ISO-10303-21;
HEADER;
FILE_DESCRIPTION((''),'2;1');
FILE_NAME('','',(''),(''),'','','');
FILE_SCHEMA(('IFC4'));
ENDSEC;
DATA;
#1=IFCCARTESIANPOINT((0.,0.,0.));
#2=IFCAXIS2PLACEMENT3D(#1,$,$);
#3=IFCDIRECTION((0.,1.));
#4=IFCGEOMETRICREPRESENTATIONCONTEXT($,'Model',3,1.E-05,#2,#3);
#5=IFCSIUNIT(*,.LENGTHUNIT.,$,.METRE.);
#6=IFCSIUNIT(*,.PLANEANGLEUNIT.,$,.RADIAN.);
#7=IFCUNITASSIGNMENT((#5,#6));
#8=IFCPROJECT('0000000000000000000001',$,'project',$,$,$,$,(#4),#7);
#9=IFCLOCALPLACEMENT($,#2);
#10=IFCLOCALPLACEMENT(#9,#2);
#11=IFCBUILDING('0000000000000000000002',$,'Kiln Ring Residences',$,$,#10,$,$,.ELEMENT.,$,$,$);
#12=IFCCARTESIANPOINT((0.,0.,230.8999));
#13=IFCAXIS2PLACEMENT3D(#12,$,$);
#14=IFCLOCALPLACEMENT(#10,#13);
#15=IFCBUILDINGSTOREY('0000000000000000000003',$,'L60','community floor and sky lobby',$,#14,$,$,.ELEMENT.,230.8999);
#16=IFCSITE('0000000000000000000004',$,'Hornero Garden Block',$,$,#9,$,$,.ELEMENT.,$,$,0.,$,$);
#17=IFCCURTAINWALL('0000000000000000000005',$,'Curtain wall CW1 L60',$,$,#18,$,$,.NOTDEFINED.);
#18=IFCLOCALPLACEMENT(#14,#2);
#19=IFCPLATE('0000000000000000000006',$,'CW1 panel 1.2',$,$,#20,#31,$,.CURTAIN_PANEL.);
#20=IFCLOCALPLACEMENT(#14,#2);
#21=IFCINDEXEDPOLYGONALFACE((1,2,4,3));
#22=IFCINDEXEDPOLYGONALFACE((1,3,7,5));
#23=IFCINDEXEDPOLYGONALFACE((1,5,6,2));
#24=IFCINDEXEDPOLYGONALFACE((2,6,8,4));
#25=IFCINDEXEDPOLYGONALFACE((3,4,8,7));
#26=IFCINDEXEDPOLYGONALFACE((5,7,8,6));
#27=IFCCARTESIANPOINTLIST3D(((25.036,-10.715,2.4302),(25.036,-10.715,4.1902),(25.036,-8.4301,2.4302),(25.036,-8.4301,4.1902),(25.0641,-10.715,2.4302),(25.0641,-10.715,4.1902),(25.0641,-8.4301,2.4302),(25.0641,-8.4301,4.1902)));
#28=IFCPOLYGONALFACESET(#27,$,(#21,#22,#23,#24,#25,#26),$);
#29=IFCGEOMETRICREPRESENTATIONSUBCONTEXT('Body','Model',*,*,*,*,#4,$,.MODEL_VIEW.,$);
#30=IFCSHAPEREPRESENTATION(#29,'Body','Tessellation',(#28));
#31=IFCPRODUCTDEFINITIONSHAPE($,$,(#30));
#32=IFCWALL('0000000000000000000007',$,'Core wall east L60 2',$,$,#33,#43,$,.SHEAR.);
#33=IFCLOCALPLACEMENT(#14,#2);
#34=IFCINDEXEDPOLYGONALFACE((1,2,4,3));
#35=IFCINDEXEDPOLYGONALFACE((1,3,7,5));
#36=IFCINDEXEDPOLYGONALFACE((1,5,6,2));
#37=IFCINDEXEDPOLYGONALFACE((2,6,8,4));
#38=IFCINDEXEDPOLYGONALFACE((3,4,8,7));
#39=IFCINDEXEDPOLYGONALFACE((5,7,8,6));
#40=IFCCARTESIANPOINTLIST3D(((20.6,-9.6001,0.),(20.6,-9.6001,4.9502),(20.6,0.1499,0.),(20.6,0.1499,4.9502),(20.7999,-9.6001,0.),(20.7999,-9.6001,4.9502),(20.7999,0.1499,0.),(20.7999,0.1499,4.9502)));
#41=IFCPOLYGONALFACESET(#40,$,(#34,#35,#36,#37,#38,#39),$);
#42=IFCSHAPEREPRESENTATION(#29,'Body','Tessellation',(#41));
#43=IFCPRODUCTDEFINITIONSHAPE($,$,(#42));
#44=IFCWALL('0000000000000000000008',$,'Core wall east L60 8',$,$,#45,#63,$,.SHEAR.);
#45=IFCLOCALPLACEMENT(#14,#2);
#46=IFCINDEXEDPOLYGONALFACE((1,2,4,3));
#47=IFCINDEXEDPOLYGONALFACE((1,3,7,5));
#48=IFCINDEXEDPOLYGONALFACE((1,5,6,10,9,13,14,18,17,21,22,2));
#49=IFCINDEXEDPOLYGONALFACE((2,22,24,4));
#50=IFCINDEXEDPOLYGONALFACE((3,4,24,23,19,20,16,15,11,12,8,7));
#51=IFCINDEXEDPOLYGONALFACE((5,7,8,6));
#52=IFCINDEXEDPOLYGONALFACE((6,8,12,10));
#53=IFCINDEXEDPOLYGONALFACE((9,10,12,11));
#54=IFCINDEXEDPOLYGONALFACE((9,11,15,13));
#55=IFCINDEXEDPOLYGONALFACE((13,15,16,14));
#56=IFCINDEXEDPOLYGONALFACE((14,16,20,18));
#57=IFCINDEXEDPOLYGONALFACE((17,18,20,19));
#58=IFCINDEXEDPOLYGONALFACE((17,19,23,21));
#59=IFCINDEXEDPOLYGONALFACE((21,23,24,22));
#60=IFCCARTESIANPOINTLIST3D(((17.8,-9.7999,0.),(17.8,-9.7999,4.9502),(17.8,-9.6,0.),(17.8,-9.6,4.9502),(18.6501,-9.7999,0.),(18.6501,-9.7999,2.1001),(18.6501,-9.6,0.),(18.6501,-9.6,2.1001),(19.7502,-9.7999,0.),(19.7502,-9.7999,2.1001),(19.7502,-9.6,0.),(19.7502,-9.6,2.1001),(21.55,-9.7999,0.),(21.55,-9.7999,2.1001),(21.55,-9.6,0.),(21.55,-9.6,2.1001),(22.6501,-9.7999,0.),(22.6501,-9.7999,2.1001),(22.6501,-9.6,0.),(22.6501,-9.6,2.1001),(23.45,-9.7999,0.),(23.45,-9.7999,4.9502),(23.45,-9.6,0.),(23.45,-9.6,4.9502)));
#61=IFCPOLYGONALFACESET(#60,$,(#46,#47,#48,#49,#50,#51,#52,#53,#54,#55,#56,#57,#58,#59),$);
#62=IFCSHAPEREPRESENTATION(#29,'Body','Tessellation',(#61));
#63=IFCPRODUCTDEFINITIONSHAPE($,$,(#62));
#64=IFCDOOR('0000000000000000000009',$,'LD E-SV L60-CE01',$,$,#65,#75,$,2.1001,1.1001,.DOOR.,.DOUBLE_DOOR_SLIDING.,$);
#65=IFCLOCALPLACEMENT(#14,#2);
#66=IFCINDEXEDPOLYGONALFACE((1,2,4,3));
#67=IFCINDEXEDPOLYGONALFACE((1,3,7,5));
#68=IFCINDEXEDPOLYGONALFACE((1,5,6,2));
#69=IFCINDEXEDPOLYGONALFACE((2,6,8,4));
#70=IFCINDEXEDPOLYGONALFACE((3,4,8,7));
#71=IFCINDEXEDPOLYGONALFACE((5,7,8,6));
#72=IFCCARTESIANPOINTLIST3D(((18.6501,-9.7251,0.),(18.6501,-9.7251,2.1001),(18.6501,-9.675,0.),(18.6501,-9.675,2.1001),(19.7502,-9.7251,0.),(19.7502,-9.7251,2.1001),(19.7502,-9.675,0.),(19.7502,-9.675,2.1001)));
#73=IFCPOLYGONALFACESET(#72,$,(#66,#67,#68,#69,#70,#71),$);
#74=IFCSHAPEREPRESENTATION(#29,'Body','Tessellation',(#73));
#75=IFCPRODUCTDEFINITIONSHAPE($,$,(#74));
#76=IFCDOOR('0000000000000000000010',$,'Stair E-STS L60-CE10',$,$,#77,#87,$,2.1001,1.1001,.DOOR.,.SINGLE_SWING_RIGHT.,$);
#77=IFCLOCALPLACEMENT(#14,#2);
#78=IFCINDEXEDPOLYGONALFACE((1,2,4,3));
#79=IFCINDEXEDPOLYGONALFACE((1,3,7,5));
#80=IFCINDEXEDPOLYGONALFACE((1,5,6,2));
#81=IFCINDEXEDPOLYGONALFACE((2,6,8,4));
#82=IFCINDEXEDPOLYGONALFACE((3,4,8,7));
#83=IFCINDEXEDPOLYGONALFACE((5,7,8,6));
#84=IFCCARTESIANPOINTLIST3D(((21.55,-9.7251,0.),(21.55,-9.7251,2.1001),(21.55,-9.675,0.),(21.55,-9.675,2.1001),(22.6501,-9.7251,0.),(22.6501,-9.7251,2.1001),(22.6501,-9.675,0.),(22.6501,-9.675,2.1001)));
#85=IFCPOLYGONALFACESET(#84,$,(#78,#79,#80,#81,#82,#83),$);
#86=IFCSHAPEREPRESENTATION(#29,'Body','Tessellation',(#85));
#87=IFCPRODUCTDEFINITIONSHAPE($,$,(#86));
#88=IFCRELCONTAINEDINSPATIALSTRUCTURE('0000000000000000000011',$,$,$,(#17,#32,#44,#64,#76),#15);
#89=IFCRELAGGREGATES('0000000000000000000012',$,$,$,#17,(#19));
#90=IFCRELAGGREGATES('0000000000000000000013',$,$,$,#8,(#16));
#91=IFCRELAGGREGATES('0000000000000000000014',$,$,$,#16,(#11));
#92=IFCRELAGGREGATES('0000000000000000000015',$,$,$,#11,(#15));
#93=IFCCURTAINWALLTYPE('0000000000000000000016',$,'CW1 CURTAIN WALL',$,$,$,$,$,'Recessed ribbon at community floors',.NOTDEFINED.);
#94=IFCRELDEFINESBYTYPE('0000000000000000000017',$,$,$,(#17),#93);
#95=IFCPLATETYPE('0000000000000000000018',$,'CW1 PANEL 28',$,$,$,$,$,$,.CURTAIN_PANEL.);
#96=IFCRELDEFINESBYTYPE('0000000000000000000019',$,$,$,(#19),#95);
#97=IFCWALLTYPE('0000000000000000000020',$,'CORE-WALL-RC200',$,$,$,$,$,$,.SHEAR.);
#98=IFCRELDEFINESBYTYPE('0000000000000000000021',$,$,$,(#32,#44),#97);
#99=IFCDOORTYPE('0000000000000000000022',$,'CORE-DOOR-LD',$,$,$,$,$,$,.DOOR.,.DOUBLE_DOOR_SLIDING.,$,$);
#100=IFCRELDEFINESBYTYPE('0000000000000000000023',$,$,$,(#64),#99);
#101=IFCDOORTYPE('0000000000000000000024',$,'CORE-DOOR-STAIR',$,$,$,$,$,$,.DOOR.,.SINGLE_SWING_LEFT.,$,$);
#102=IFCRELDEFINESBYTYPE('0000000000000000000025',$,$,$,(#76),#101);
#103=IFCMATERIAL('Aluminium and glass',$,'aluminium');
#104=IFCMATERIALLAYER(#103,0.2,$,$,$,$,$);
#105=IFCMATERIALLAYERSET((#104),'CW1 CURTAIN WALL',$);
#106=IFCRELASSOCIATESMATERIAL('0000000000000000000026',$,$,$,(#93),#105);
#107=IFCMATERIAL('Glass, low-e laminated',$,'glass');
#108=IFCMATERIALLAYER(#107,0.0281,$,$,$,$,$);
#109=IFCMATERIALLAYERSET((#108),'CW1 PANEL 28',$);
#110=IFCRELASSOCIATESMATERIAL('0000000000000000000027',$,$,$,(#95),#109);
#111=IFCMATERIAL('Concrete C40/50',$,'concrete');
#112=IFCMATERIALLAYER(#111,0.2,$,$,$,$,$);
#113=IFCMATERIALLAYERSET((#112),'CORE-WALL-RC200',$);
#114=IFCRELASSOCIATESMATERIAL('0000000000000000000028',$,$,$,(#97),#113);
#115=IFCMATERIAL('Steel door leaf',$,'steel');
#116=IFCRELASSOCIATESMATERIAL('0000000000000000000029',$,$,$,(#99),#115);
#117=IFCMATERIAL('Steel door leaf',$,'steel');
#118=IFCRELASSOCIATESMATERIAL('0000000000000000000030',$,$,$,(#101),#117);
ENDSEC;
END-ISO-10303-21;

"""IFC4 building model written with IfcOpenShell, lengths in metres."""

from ifc_helpers import new_model, si_unit, direction, frame, frame_2d, origin, origin_2d, place, context, subcontext, project, spatial, rectangle, extrude, material, layer, layer_set, type_object, element, fill, aggregate, save


model = new_model("IFC4")

# Units and contexts
model_context = context("Model", 3, precision=1e-05, world=origin(), true_north=direction((0.0, 1.0)))
body_context = subcontext(model_context, "Body", "Model", "MODEL_VIEW")
ifc_project = project(units=[si_unit("LENGTHUNIT", "METRE"), si_unit("PLANEANGLEUNIT", "RADIAN")], contexts=[model_context])

# Site, building, storey
site_placement = place(None, origin())
site = spatial("IfcSite", under=ifc_project, at=site_placement, Name="Hornero Garden Block", CompositionType="ELEMENT", RefElevation=0.0)
building_placement = place(site_placement, origin())
building = spatial("IfcBuilding", under=site, at=building_placement, Name="Kiln Ring Residences", CompositionType="ELEMENT")
storey_placement = place(building_placement, frame((0.0, 0.0, 230.8999)))
storey = spatial("IfcBuildingStorey", under=building, at=storey_placement, Name="L60", Description="community floor and sky lobby", CompositionType="ELEMENT", Elevation=230.8999)

# Shared definitions
ifc_material_1 = material(Name="Aluminium and glass", Category="aluminium")
ifc_layer_1 = layer(ifc_material_1, 0.2)
ifc_layer_set_1 = layer_set([ifc_layer_1], Name="CW1 CURTAIN WALL")
curtain_wall_type = type_object("IfcCurtainWallType", Name="CW1 CURTAIN WALL", ElementType="Recessed ribbon at community floors", PredefinedType="NOTDEFINED", material=ifc_layer_set_1)
placement = place(storey_placement, origin())

# Curtain wall
curtain_wall_1 = element("IfcCurtainWall", 1, at=placement, inside=storey, type_object=curtain_wall_type, Name="Curtain wall CW1 L60", PredefinedType="NOTDEFINED")

# Plate
ifc_material_2 = material(Name="Glass, low-e laminated", Category="glass")
ifc_layer_2 = layer(ifc_material_2, 0.0281)
ifc_layer_set_2 = layer_set([ifc_layer_2], Name="CW1 PANEL 28")
plate_type = type_object("IfcPlateType", Name="CW1 PANEL 28", PredefinedType="CURTAIN_PANEL", material=ifc_layer_set_2)
plate_1_placement = place(storey_placement, frame((25.05, -9.5725, 2.4302), z_axis=(0.0, 0.0, 1.0), x_axis=(0.0, 1.0, 0.0)))
plate_1 = element("IfcPlate", 2, at=plate_1_placement, type_object=plate_type, Name="CW1 panel 1.2", PredefinedType="CURTAIN_PANEL", context=body_context, shape_type="SweptSolid", body=[
    extrude(rectangle(XDim=2.2849, YDim=0.0281, at=origin_2d()), origin(), (0.0, 0.0, 1.0), 1.76),
])
aggregate(curtain_wall_1, [plate_1])

# Wall
ifc_material_3 = material(Name="Concrete C40/50", Category="concrete")
ifc_layer_3 = layer(ifc_material_3, 0.2)
ifc_layer_set_3 = layer_set([ifc_layer_3], Name="CORE-WALL-RC200")
wall_type_1 = type_object("IfcWallType", Name="CORE-WALL-RC200", PredefinedType="SHEAR", material=ifc_layer_set_3)
wall_1_placement = place(storey_placement, frame((20.7, -9.6001, 0.0), z_axis=(0.0, 0.0, 1.0), x_axis=(0.0, 1.0, 0.0)))
element("IfcWall", 3, at=wall_1_placement, inside=storey, type_object=wall_type_1, Name="Core wall east L60 2", PredefinedType="SHEAR", context=body_context, shape_type="SweptSolid", body=[
    extrude(rectangle(XDim=9.75, YDim=0.2, at=frame_2d((4.875, 0.0))), origin(), (0.0, 0.0, 1.0), 4.9502),
])

# Wall, openings, doors
wall_2_placement = place(storey_placement, frame((17.8, -9.7, 0.0), z_axis=(0.0, 0.0, 1.0), x_axis=(1.0, 0.0, 0.0)))
wall_2 = element("IfcWall", 4, at=wall_2_placement, inside=storey, type_object=wall_type_1, Name="Core wall east L60 8", PredefinedType="SHEAR", context=body_context, shape_type="SweptSolid", body=[
    extrude(rectangle(XDim=5.6499, YDim=0.2, at=frame_2d((2.825, 0.0))), origin(), (0.0, 0.0, 1.0), 4.9502),
])
opening_1_placement = place(wall_2_placement, frame((0.8501, 0.0, 0.0)))
opening_1 = element("IfcOpeningElement", 5, at=opening_1_placement, cuts=wall_2, PredefinedType="OPENING", context=body_context, shape_type="SweptSolid", body=[
    extrude(rectangle(XDim=1.1001, YDim=2.1001, at=frame_2d((0.55, 1.05))), frame((0.0, 0.1099, 0.0), z_axis=(0.0, -1.0, 0.0), x_axis=(1.0, 0.0, 0.0)), (0.0, 0.0, 1.0), 0.22),
])
opening_2_placement = place(wall_2_placement, frame((3.75, 0.0, 0.0)))
opening_2 = element("IfcOpeningElement", 6, at=opening_2_placement, cuts=wall_2, PredefinedType="OPENING", context=body_context, shape_type="SweptSolid", body=[
    extrude(rectangle(XDim=1.1001, YDim=2.1001, at=frame_2d((0.55, 1.05))), frame((0.0, 0.1099, 0.0), z_axis=(0.0, -1.0, 0.0), x_axis=(1.0, 0.0, 0.0)), (0.0, 0.0, 1.0), 0.22),
])
ifc_material_4 = material(Name="Steel door leaf", Category="steel")
door_type_1 = type_object("IfcDoorType", Name="CORE-DOOR-LD", OperationType="DOUBLE_DOOR_SLIDING", PredefinedType="DOOR", material=ifc_material_4)
door_1_placement = place(opening_1_placement, origin())
door_1 = element("IfcDoor", 7, at=door_1_placement, inside=storey, type_object=door_type_1, Name="LD E-SV L60-CE01", OperationType="DOUBLE_DOOR_SLIDING", OverallHeight=2.1001, OverallWidth=1.1001, PredefinedType="DOOR", context=body_context, shape_type="SweptSolid", body=[
    extrude(rectangle(XDim=1.1001, YDim=2.1001, at=frame_2d((0.55, 1.05))), frame((0.0, 0.0249, 0.0), z_axis=(0.0, -1.0, 0.0), x_axis=(1.0, 0.0, 0.0)), (0.0, 0.0, 1.0), 0.05),
])
fill(opening_1, door_1)
ifc_material_5 = material(Name="Steel door leaf", Category="steel")
door_type_2 = type_object("IfcDoorType", Name="CORE-DOOR-STAIR", OperationType="SINGLE_SWING_LEFT", PredefinedType="DOOR", material=ifc_material_5)
door_2_placement = place(opening_2_placement, origin())
door_2 = element("IfcDoor", 8, at=door_2_placement, inside=storey, type_object=door_type_2, Name="Stair E-STS L60-CE10", OperationType="SINGLE_SWING_RIGHT", OverallHeight=2.1001, OverallWidth=1.1001, PredefinedType="DOOR", context=body_context, shape_type="SweptSolid", body=[
    extrude(rectangle(XDim=1.1001, YDim=2.1001, at=frame_2d((0.55, 1.05))), frame((0.0, 0.0249, 0.0), z_axis=(0.0, -1.0, 0.0), x_axis=(1.0, 0.0, 0.0)), (0.0, 0.0, 1.0), 0.05),
])
fill(opening_2, door_2)

save(model, "model.ifc")
